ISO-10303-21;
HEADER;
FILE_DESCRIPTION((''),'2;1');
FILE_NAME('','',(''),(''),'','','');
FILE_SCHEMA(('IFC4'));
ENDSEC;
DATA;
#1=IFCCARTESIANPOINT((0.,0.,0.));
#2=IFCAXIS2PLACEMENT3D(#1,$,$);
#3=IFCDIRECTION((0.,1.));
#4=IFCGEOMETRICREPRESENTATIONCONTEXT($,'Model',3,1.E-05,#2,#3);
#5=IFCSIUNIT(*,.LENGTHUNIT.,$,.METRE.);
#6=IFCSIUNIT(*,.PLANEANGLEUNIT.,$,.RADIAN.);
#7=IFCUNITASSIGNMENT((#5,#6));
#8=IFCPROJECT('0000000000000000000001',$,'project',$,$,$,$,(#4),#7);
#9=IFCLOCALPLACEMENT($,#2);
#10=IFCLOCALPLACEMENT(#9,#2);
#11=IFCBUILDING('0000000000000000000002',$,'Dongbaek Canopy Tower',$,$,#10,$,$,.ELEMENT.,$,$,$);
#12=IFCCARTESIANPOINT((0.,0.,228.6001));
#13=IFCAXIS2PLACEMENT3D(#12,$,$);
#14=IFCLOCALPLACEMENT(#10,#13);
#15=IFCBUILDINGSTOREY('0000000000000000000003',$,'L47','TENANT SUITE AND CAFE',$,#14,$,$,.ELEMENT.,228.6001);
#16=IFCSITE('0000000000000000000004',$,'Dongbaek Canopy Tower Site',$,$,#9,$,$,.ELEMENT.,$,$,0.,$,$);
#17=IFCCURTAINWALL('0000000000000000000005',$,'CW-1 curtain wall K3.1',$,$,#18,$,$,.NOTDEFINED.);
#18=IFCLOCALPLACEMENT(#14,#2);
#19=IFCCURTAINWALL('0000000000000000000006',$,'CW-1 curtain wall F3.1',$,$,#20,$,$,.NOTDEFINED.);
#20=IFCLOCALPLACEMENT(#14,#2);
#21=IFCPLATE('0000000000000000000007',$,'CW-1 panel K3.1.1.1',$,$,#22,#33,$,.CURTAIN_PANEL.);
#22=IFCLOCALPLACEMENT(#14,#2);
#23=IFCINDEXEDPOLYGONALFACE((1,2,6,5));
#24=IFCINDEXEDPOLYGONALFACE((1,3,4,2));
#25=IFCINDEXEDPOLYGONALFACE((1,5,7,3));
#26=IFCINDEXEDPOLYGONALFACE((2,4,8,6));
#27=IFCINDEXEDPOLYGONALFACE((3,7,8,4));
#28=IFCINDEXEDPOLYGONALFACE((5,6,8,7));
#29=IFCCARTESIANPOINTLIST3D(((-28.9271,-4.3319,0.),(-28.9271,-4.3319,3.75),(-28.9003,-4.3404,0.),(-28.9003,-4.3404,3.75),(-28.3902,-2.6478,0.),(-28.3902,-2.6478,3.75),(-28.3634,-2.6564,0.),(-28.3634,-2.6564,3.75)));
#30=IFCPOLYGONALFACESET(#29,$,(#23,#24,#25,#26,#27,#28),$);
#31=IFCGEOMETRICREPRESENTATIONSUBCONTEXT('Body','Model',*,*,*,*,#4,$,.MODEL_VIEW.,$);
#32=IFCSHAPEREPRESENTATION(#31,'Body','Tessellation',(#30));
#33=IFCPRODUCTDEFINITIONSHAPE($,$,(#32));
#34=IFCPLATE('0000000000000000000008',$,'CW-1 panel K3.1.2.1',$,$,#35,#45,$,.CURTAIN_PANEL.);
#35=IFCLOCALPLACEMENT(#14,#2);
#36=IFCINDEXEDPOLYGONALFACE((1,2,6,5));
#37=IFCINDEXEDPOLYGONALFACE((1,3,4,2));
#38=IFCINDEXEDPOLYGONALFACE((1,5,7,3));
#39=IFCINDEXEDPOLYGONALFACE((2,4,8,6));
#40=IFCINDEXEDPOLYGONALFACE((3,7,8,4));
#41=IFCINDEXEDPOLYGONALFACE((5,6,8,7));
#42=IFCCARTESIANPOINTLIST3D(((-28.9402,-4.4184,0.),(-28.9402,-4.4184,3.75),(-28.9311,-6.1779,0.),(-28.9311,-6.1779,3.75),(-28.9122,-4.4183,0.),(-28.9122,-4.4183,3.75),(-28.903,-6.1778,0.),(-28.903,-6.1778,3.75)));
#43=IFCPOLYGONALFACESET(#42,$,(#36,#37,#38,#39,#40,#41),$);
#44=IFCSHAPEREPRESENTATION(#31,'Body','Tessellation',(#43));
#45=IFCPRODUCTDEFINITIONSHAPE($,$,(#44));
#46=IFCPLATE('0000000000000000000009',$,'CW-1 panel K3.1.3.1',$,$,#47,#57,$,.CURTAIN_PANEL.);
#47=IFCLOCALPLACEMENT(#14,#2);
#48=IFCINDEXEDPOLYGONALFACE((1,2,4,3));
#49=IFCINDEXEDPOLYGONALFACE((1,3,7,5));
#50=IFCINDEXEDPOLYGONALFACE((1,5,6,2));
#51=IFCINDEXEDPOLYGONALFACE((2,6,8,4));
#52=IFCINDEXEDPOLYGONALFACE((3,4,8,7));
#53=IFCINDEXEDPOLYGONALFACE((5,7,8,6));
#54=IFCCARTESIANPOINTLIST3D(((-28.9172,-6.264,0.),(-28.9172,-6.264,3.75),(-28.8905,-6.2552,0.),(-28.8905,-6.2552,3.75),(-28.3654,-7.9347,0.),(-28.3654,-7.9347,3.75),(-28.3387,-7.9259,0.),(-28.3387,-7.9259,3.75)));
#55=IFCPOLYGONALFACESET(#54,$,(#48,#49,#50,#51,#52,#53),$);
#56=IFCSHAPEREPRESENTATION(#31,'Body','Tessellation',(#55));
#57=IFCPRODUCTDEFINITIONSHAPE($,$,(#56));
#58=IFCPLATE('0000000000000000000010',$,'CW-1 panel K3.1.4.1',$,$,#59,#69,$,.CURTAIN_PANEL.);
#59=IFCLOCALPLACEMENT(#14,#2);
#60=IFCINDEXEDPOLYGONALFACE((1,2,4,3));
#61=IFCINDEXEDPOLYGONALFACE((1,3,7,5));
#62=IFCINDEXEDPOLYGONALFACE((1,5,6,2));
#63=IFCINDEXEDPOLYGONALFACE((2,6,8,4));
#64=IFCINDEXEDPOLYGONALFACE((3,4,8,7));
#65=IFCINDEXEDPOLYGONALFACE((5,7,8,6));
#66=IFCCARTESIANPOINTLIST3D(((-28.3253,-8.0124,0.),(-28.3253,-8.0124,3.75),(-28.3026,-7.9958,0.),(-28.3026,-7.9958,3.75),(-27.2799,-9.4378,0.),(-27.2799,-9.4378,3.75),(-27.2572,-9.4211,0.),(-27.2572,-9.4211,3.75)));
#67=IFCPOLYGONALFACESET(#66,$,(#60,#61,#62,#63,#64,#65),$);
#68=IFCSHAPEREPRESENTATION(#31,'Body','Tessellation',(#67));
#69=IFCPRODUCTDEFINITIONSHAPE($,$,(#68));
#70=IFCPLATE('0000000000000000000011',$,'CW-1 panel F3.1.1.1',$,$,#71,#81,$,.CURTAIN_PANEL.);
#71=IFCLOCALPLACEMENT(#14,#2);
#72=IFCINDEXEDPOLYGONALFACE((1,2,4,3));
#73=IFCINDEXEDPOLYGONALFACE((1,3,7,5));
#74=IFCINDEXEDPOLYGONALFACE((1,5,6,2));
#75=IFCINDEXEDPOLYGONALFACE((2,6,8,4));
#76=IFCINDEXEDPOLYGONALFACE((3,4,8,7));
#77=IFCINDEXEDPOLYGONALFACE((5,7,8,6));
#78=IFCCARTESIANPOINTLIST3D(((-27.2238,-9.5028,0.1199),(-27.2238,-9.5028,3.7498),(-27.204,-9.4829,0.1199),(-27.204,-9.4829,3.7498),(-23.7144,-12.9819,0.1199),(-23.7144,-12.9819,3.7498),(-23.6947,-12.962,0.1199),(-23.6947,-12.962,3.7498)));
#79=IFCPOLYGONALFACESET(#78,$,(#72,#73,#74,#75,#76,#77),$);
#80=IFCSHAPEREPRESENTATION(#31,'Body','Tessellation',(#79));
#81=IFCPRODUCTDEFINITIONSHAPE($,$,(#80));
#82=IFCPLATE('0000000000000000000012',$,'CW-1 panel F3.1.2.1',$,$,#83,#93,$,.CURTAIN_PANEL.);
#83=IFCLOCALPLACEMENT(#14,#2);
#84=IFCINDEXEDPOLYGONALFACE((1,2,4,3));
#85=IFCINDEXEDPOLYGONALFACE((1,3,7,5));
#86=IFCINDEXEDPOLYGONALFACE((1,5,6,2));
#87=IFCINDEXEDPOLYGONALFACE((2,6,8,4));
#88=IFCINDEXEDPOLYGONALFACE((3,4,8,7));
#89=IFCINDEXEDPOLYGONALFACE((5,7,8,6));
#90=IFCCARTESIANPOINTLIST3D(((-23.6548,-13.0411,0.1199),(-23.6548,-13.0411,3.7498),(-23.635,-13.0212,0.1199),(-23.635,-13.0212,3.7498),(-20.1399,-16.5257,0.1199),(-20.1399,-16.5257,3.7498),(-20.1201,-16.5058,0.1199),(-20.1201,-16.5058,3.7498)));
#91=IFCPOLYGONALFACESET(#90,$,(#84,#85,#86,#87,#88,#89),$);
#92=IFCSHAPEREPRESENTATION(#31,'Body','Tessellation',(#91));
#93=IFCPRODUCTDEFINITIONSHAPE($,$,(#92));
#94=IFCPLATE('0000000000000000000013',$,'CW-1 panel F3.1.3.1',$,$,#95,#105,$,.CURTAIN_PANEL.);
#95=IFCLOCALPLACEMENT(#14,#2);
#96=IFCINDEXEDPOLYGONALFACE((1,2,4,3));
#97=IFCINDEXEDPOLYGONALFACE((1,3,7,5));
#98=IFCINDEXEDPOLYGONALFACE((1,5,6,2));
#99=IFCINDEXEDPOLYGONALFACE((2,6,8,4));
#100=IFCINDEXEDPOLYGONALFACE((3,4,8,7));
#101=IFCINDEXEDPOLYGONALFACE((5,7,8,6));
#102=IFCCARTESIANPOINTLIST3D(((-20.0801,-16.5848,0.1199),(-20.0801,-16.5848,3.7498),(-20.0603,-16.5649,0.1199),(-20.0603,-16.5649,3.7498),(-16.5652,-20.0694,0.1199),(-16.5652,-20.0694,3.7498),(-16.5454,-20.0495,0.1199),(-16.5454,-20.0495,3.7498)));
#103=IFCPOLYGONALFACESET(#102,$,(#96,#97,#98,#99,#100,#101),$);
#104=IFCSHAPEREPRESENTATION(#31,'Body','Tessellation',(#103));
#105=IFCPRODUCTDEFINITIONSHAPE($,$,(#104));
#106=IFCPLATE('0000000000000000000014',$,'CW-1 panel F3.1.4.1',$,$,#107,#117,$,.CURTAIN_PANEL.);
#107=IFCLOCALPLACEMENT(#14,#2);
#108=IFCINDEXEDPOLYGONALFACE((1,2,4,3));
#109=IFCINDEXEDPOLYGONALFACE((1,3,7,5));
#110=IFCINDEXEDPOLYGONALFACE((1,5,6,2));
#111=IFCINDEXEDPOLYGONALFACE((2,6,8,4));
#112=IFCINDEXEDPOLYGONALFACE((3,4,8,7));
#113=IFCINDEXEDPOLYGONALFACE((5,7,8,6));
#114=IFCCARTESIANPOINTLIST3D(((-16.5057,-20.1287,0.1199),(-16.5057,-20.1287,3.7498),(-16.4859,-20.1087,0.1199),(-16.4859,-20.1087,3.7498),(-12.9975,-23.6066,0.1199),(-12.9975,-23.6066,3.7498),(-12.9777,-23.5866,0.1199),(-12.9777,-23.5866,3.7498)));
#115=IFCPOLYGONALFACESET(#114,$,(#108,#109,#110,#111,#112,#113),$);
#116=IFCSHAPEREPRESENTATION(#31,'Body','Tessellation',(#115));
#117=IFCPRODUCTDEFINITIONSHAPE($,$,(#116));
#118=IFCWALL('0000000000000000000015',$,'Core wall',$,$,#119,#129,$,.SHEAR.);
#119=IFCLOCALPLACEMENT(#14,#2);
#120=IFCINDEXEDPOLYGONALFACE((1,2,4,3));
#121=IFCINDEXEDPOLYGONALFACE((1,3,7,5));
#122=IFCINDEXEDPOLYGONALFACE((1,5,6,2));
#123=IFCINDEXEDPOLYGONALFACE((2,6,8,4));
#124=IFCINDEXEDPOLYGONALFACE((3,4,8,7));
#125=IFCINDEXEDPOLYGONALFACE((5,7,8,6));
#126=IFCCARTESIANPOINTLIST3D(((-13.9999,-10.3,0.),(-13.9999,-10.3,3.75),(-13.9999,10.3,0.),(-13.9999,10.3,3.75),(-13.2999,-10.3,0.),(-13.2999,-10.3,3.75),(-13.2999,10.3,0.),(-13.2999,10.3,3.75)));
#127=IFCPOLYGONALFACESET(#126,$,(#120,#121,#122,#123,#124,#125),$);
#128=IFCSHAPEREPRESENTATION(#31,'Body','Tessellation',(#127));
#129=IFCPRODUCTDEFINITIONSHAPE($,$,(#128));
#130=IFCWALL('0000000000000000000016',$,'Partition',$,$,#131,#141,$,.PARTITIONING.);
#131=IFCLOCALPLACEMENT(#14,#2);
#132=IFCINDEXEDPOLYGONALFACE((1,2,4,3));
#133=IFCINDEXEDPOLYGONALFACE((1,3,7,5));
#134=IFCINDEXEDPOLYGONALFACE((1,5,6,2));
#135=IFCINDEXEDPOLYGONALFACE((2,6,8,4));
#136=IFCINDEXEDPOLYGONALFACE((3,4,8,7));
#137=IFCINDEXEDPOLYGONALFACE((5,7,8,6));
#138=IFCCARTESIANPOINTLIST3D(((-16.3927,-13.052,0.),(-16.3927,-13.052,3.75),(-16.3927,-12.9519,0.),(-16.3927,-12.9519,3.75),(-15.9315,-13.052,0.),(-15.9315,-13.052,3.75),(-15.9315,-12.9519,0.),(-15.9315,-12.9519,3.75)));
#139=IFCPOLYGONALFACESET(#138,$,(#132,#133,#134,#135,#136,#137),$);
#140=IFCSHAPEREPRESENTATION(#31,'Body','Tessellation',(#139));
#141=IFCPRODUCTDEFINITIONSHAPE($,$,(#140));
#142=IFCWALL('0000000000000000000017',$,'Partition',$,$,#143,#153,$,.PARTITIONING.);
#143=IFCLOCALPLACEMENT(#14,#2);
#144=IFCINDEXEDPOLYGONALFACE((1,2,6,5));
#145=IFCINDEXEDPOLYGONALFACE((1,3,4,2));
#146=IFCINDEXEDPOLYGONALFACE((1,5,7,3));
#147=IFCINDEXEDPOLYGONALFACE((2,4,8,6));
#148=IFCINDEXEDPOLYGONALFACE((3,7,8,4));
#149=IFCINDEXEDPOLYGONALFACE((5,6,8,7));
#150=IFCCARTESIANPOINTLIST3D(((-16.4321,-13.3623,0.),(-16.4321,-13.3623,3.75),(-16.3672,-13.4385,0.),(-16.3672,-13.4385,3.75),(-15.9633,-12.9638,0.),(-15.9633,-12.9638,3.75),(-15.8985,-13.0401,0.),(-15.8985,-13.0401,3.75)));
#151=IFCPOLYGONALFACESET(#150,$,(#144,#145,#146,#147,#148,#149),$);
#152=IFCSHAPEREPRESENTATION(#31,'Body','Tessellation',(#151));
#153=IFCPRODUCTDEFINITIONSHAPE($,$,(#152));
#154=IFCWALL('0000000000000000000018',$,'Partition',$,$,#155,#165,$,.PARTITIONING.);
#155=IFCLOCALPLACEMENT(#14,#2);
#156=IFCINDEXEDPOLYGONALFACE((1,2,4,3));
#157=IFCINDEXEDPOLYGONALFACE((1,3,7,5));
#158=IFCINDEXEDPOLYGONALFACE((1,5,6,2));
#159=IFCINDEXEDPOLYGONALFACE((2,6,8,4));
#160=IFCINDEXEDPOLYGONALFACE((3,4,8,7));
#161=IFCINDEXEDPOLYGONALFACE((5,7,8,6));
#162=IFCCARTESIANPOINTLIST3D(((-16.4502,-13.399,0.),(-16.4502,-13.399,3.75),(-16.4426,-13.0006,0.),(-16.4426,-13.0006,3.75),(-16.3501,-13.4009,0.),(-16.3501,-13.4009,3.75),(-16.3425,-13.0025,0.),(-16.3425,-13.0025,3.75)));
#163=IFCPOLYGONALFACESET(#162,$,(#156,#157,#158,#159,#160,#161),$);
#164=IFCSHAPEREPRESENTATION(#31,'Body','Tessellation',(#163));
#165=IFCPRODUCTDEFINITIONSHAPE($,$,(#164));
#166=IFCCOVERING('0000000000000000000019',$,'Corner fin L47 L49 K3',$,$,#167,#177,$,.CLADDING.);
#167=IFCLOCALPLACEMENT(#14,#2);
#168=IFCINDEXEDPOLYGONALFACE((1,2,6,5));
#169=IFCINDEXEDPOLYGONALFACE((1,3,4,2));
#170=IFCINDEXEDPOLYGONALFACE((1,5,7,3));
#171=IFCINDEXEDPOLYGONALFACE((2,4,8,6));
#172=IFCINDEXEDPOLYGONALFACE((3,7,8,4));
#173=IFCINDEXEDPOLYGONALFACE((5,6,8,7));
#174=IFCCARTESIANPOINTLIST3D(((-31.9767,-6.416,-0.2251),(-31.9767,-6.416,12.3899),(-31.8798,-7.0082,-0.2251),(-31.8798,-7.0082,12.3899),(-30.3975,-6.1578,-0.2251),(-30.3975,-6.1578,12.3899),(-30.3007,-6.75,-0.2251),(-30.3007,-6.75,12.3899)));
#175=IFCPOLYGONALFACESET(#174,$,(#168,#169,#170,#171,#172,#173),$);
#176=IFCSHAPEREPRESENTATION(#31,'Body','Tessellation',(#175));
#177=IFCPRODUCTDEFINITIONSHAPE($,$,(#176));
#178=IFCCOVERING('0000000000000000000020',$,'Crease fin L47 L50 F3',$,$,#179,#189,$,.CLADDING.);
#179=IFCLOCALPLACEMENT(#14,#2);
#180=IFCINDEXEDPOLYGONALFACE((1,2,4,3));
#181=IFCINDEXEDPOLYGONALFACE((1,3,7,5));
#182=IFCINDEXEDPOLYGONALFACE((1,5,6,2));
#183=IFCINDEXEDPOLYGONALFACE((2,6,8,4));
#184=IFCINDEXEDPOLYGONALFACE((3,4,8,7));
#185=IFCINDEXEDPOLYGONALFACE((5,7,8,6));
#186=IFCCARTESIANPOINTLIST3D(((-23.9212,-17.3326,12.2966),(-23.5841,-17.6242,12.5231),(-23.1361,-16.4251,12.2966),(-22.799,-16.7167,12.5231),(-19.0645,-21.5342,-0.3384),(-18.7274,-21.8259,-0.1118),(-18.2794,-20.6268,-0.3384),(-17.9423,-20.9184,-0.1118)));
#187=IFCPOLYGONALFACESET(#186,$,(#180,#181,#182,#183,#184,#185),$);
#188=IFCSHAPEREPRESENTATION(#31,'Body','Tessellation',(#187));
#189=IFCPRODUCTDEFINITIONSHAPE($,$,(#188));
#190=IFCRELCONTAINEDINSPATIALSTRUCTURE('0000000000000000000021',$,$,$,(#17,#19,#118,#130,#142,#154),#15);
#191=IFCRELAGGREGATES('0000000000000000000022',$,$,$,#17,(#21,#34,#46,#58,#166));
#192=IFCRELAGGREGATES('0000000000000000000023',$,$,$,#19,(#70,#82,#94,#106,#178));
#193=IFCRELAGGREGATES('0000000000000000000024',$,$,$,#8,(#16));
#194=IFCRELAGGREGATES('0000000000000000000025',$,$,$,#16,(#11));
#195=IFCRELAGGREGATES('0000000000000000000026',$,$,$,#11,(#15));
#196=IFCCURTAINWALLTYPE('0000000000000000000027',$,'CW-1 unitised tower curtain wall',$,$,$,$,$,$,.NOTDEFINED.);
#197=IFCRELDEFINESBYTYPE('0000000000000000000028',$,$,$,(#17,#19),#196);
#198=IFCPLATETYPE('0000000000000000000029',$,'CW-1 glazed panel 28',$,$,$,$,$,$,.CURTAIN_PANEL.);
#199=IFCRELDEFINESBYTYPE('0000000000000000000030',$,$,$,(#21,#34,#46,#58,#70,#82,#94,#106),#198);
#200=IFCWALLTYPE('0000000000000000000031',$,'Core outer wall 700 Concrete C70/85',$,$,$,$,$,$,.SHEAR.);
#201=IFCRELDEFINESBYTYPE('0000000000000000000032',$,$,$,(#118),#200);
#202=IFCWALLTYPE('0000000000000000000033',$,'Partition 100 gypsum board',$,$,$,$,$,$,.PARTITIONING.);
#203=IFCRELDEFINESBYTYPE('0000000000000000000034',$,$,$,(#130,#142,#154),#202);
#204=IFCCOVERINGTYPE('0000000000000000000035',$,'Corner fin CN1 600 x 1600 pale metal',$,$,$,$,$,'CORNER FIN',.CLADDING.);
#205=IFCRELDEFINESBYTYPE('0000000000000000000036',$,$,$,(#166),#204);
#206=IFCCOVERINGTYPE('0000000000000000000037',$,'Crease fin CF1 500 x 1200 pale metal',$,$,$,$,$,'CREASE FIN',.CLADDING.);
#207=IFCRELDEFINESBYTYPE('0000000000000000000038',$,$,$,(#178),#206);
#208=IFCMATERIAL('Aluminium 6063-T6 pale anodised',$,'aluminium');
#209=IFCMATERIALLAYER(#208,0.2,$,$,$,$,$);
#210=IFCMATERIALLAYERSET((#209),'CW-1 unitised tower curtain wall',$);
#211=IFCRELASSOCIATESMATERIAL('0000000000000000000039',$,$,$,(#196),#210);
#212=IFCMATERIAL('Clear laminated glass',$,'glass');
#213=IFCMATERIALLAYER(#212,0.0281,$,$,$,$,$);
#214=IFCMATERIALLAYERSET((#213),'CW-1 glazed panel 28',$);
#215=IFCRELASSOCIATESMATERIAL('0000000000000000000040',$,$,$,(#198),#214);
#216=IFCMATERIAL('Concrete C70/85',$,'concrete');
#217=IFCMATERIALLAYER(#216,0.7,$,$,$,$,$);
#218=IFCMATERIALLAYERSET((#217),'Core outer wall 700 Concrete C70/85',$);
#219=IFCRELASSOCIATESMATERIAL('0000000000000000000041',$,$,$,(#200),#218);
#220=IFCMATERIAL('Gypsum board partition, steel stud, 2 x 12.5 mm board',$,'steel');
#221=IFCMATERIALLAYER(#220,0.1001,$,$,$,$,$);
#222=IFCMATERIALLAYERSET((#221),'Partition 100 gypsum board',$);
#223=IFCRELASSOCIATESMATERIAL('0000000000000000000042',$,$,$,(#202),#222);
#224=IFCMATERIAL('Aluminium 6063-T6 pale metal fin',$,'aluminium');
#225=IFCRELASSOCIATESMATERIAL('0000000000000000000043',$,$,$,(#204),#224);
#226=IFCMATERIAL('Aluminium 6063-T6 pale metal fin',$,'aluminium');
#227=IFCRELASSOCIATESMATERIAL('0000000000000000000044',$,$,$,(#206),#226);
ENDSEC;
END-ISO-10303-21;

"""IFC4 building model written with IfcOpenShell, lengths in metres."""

from ifc_helpers import new_model, si_unit, direction, frame, frame_2d, origin, origin_2d, place, context, subcontext, project, spatial, rectangle, extrude, material, layer, layer_set, material_profile, profile_set, type_object, element, aggregate, save


model = new_model("IFC4")

# Units and contexts
model_context = context("Model", 3, precision=1e-05, world=origin(), true_north=direction((0.0, 1.0)))
body_context = subcontext(model_context, "Body", "Model", "MODEL_VIEW")
ifc_project = project(units=[si_unit("LENGTHUNIT", "METRE"), si_unit("PLANEANGLEUNIT", "RADIAN")], contexts=[model_context])

# Site, building, storey
site_placement = place(None, origin())
site = spatial("IfcSite", under=ifc_project, at=site_placement, Name="Dongbaek Canopy Tower Site", CompositionType="ELEMENT", RefElevation=0.0)
building_placement = place(site_placement, origin())
building = spatial("IfcBuilding", under=site, at=building_placement, Name="Dongbaek Canopy Tower", CompositionType="ELEMENT")
storey_placement = place(building_placement, frame((0.0, 0.0, 228.6001)))
storey = spatial("IfcBuildingStorey", under=building, at=storey_placement, Name="L47", Description="TENANT SUITE AND CAFE", CompositionType="ELEMENT", Elevation=228.6001)

# Shared definitions
ifc_material_1 = material(Name="Aluminium 6063-T6 pale anodised", Category="aluminium")
ifc_layer_1 = layer(ifc_material_1, 0.2)
ifc_layer_set_1 = layer_set([ifc_layer_1], Name="CW-1 unitised tower curtain wall")
curtain_wall_type = type_object("IfcCurtainWallType", Name="CW-1 unitised tower curtain wall", PredefinedType="NOTDEFINED", material=ifc_layer_set_1)

# Curtain walls
curtain_wall_1_placement = place(storey_placement, origin())
curtain_wall_1 = element("IfcCurtainWall", 1, at=curtain_wall_1_placement, inside=storey, type_object=curtain_wall_type, Name="CW-1 curtain wall K3.1", PredefinedType="NOTDEFINED")
curtain_wall_2_placement = place(storey_placement, origin())
curtain_wall_2 = element("IfcCurtainWall", 2, at=curtain_wall_2_placement, inside=storey, type_object=curtain_wall_type, Name="CW-1 curtain wall F3.1", PredefinedType="NOTDEFINED")

# Plates
ifc_material_2 = material(Name="Clear laminated glass", Category="glass")
ifc_layer_2 = layer(ifc_material_2, 0.0281)
ifc_layer_set_2 = layer_set([ifc_layer_2], Name="CW-1 glazed panel 28")
plate_type = type_object("IfcPlateType", Name="CW-1 glazed panel 28", PredefinedType="CURTAIN_PANEL", material=ifc_layer_set_2)
plate_1_placement = place(storey_placement, frame((-28.6453, -3.4941, 0.0), z_axis=(0.0, 0.0, 1.0), x_axis=(-0.303759, -0.952749, 0.0)))
plate_1 = element("IfcPlate", 3, at=plate_1_placement, type_object=plate_type, Name="CW-1 panel K3.1.1.1", PredefinedType="CURTAIN_PANEL", context=body_context, shape_type="SweptSolid", body=[
    extrude(rectangle(XDim=1.7676, YDim=0.0281, at=origin_2d()), origin(), (0.0, 0.0, 1.0), 3.75),
])
plate_2_placement = place(storey_placement, frame((-28.9216, -5.2981, 0.0), z_axis=(0.0, 0.0, 1.0), x_axis=(0.005183, -0.999987, 0.0)))
plate_2 = element("IfcPlate", 4, at=plate_2_placement, type_object=plate_type, Name="CW-1 panel K3.1.2.1", PredefinedType="CURTAIN_PANEL", context=body_context, shape_type="SweptSolid", body=[
    extrude(rectangle(XDim=1.7595, YDim=0.0281, at=origin_2d()), origin(), (0.0, 0.0, 1.0), 3.75),
])
plate_3_placement = place(storey_placement, frame((-28.6279, -7.095, 0.0), z_axis=(0.0, 0.0, 1.0), x_axis=(0.313619, -0.949549, 0.0)))
plate_3 = element("IfcPlate", 5, at=plate_3_placement, type_object=plate_type, Name="CW-1 panel K3.1.3.1", PredefinedType="CURTAIN_PANEL", context=body_context, shape_type="SweptSolid", body=[
    extrude(rectangle(XDim=1.7595, YDim=0.0281, at=origin_2d()), origin(), (0.0, 0.0, 1.0), 3.75),
])
plate_4_placement = place(storey_placement, frame((-27.7913, -8.7168, 0.0), z_axis=(0.0, 0.0, 1.0), x_axis=(0.591421, -0.806363, 0.0)))
plate_4 = element("IfcPlate", 6, at=plate_4_placement, type_object=plate_type, Name="CW-1 panel K3.1.4.1", PredefinedType="CURTAIN_PANEL", context=body_context, shape_type="SweptSolid", body=[
    extrude(rectangle(XDim=1.7676, YDim=0.0281, at=origin_2d()), origin(), (0.0, 0.0, 1.0), 3.75),
])
plate_5_placement = place(storey_placement, frame((-25.4592, -11.2324, 0.1199), z_axis=(0.0, 0.0, 1.0), x_axis=(0.710162, -0.704038, 0.0)))
plate_5 = element("IfcPlate", 7, at=plate_5_placement, type_object=plate_type, Name="CW-1 panel F3.1.1.1", PredefinedType="CURTAIN_PANEL", context=body_context, shape_type="SweptSolid", body=[
    extrude(rectangle(XDim=4.9417, YDim=0.0281, at=origin_2d()), origin(), (0.0, 0.0, 1.0), 3.6299),
])
plate_6_placement = place(storey_placement, frame((-21.8875, -14.7734, 0.1199), z_axis=(0.0, 0.0, 1.0), x_axis=(0.710162, -0.704038, 0.0)))
plate_6 = element("IfcPlate", 8, at=plate_6_placement, type_object=plate_type, Name="CW-1 panel F3.1.2.1", PredefinedType="CURTAIN_PANEL", context=body_context, shape_type="SweptSolid", body=[
    extrude(rectangle(XDim=4.9495, YDim=0.0281, at=origin_2d()), origin(), (0.0, 0.0, 1.0), 3.6299),
])
plate_7_placement = place(storey_placement, frame((-18.3127, -18.3171, 0.1199), z_axis=(0.0, 0.0, 1.0), x_axis=(0.710162, -0.704038, 0.0)))
plate_7 = element("IfcPlate", 9, at=plate_7_placement, type_object=plate_type, Name="CW-1 panel F3.1.3.1", PredefinedType="CURTAIN_PANEL", context=body_context, shape_type="SweptSolid", body=[
    extrude(rectangle(XDim=4.9495, YDim=0.0281, at=origin_2d()), origin(), (0.0, 0.0, 1.0), 3.6299),
])
plate_8_placement = place(storey_placement, frame((-14.7417, -21.8577, 0.1199), z_axis=(0.0, 0.0, 1.0), x_axis=(0.710162, -0.704038, 0.0)))
plate_8 = element("IfcPlate", 10, at=plate_8_placement, type_object=plate_type, Name="CW-1 panel F3.1.4.1", PredefinedType="CURTAIN_PANEL", context=body_context, shape_type="SweptSolid", body=[
    extrude(rectangle(XDim=4.9399, YDim=0.0281, at=origin_2d()), origin(), (0.0, 0.0, 1.0), 3.6299),
])

# Walls
ifc_material_3 = material(Name="Concrete C70/85", Category="concrete")
ifc_layer_3 = layer(ifc_material_3, 0.7)
ifc_layer_set_3 = layer_set([ifc_layer_3], Name="Core outer wall 700 Concrete C70/85")
wall_type_1 = type_object("IfcWallType", Name="Core outer wall 700 Concrete C70/85", PredefinedType="SHEAR", material=ifc_layer_set_3)
wall_1_placement = place(storey_placement, frame((-13.6499, -10.3, 0.0), z_axis=(0.0, 0.0, 1.0), x_axis=(0.0, 1.0, 0.0)))
element("IfcWall", 11, at=wall_1_placement, inside=storey, type_object=wall_type_1, Name="Core wall", PredefinedType="SHEAR", context=body_context, shape_type="SweptSolid", body=[
    extrude(rectangle(XDim=20.6001, YDim=0.7, at=frame_2d((10.3, 0.0))), origin(), (0.0, 0.0, 1.0), 3.75),
])
ifc_material_4 = material(Name="Gypsum board partition, steel stud, 2 x 12.5 mm board", Category="steel")
ifc_layer_4 = layer(ifc_material_4, 0.1001)
ifc_layer_set_4 = layer_set([ifc_layer_4], Name="Partition 100 gypsum board")
wall_type_2 = type_object("IfcWallType", Name="Partition 100 gypsum board", PredefinedType="PARTITIONING", material=ifc_layer_set_4)
wall_2_placement = place(storey_placement, frame((-16.3926, -13.002, 0.0), z_axis=(0.0, 0.0, 1.0), x_axis=(1.0, 0.0, 0.0)))
element("IfcWall", 12, at=wall_2_placement, inside=storey, type_object=wall_type_2, Name="Partition", PredefinedType="PARTITIONING", context=body_context, shape_type="SweptSolid", body=[
    extrude(rectangle(XDim=0.4612, YDim=0.1001, at=frame_2d((0.2305, 0.0))), origin(), (0.0, 0.0, 1.0), 3.75),
])
wall_3_placement = place(storey_placement, frame((-16.3997, -13.4004, 0.0), z_axis=(0.0, 0.0, 1.0), x_axis=(0.761939, 0.647648, 0.0)))
element("IfcWall", 13, at=wall_3_placement, inside=storey, type_object=wall_type_2, Name="Partition", PredefinedType="PARTITIONING", context=body_context, shape_type="SweptSolid", body=[
    extrude(rectangle(XDim=0.6152, YDim=0.1001, at=frame_2d((0.3076, 0.0))), origin(), (0.0, 0.0, 1.0), 3.75),
])
wall_4_placement = place(storey_placement, frame((-16.4001, -13.3999, 0.0), z_axis=(0.0, 0.0, 1.0), x_axis=(0.018992, 0.99982, 0.0)))
element("IfcWall", 14, at=wall_4_placement, inside=storey, type_object=wall_type_2, Name="Partition", PredefinedType="PARTITIONING", context=body_context, shape_type="SweptSolid", body=[
    extrude(rectangle(XDim=0.3984, YDim=0.1001, at=frame_2d((0.1992, 0.0))), origin(), (0.0, 0.0, 1.0), 3.75),
])

# Coverings
ifc_material_5 = material(Name="Aluminium 6063-T6 pale metal fin", Category="aluminium")
ifc_material_profile_1 = material_profile(ifc_material_5, rectangle(XDim=1.6001, YDim=0.6001, at=origin_2d()), Name="Corner fin CN1 600 x 1600 pale metal")
ifc_profile_set_1 = profile_set([ifc_material_profile_1], Name="Aluminium 6063-T6 pale metal fin")
covering_type_1 = type_object("IfcCoveringType", Name="Corner fin CN1 600 x 1600 pale metal", ElementType="CORNER FIN", PredefinedType="CLADDING", material=ifc_profile_set_1)
covering_1_placement = place(storey_placement, frame((-31.1387, -6.583, -0.2251), z_axis=(0.0, 0.0, 1.0), x_axis=(-0.986892, -0.161383, 0.0)))
covering_1 = element("IfcCovering", 15, at=covering_1_placement, type_object=covering_type_1, Name="Corner fin L47 L49 K3", PredefinedType="CLADDING", context=body_context, shape_type="SweptSolid", body=[
    extrude(rectangle(XDim=1.6001, YDim=0.6001, at=origin_2d()), origin(), (0.0, 0.0, 1.0), 12.615),
])
ifc_material_6 = material(Name="Aluminium 6063-T6 pale metal fin", Category="aluminium")
ifc_material_profile_2 = material_profile(ifc_material_6, rectangle(XDim=1.2, YDim=0.5, at=origin_2d()), Name="Crease fin CF1 500 x 1200 pale metal")
ifc_profile_set_2 = profile_set([ifc_material_profile_2], Name="Aluminium 6063-T6 pale metal fin")
covering_type_2 = type_object("IfcCoveringType", Name="Crease fin CF1 500 x 1200 pale metal", ElementType="CREASE FIN", PredefinedType="CLADDING", material=ifc_profile_set_2)
covering_2_placement = place(storey_placement, frame((-18.5034, -21.2263, -0.2251), z_axis=(-0.342663, 0.296447, 0.89146), x_axis=(-0.654266, -0.756265, 0.0)))
covering_2 = element("IfcCovering", 16, at=covering_2_placement, type_object=covering_type_2, Name="Crease fin L47 L50 F3", PredefinedType="CLADDING", context=body_context, shape_type="SweptSolid", body=[
    extrude(rectangle(XDim=1.2, YDim=0.5, at=origin_2d()), origin(), (0.0, 0.0, 1.0), 14.1733),
])
aggregate(curtain_wall_1, [plate_1, plate_2, plate_3, plate_4, covering_1])
aggregate(curtain_wall_2, [plate_5, plate_6, plate_7, plate_8, covering_2])

save(model, "model.ifc")
